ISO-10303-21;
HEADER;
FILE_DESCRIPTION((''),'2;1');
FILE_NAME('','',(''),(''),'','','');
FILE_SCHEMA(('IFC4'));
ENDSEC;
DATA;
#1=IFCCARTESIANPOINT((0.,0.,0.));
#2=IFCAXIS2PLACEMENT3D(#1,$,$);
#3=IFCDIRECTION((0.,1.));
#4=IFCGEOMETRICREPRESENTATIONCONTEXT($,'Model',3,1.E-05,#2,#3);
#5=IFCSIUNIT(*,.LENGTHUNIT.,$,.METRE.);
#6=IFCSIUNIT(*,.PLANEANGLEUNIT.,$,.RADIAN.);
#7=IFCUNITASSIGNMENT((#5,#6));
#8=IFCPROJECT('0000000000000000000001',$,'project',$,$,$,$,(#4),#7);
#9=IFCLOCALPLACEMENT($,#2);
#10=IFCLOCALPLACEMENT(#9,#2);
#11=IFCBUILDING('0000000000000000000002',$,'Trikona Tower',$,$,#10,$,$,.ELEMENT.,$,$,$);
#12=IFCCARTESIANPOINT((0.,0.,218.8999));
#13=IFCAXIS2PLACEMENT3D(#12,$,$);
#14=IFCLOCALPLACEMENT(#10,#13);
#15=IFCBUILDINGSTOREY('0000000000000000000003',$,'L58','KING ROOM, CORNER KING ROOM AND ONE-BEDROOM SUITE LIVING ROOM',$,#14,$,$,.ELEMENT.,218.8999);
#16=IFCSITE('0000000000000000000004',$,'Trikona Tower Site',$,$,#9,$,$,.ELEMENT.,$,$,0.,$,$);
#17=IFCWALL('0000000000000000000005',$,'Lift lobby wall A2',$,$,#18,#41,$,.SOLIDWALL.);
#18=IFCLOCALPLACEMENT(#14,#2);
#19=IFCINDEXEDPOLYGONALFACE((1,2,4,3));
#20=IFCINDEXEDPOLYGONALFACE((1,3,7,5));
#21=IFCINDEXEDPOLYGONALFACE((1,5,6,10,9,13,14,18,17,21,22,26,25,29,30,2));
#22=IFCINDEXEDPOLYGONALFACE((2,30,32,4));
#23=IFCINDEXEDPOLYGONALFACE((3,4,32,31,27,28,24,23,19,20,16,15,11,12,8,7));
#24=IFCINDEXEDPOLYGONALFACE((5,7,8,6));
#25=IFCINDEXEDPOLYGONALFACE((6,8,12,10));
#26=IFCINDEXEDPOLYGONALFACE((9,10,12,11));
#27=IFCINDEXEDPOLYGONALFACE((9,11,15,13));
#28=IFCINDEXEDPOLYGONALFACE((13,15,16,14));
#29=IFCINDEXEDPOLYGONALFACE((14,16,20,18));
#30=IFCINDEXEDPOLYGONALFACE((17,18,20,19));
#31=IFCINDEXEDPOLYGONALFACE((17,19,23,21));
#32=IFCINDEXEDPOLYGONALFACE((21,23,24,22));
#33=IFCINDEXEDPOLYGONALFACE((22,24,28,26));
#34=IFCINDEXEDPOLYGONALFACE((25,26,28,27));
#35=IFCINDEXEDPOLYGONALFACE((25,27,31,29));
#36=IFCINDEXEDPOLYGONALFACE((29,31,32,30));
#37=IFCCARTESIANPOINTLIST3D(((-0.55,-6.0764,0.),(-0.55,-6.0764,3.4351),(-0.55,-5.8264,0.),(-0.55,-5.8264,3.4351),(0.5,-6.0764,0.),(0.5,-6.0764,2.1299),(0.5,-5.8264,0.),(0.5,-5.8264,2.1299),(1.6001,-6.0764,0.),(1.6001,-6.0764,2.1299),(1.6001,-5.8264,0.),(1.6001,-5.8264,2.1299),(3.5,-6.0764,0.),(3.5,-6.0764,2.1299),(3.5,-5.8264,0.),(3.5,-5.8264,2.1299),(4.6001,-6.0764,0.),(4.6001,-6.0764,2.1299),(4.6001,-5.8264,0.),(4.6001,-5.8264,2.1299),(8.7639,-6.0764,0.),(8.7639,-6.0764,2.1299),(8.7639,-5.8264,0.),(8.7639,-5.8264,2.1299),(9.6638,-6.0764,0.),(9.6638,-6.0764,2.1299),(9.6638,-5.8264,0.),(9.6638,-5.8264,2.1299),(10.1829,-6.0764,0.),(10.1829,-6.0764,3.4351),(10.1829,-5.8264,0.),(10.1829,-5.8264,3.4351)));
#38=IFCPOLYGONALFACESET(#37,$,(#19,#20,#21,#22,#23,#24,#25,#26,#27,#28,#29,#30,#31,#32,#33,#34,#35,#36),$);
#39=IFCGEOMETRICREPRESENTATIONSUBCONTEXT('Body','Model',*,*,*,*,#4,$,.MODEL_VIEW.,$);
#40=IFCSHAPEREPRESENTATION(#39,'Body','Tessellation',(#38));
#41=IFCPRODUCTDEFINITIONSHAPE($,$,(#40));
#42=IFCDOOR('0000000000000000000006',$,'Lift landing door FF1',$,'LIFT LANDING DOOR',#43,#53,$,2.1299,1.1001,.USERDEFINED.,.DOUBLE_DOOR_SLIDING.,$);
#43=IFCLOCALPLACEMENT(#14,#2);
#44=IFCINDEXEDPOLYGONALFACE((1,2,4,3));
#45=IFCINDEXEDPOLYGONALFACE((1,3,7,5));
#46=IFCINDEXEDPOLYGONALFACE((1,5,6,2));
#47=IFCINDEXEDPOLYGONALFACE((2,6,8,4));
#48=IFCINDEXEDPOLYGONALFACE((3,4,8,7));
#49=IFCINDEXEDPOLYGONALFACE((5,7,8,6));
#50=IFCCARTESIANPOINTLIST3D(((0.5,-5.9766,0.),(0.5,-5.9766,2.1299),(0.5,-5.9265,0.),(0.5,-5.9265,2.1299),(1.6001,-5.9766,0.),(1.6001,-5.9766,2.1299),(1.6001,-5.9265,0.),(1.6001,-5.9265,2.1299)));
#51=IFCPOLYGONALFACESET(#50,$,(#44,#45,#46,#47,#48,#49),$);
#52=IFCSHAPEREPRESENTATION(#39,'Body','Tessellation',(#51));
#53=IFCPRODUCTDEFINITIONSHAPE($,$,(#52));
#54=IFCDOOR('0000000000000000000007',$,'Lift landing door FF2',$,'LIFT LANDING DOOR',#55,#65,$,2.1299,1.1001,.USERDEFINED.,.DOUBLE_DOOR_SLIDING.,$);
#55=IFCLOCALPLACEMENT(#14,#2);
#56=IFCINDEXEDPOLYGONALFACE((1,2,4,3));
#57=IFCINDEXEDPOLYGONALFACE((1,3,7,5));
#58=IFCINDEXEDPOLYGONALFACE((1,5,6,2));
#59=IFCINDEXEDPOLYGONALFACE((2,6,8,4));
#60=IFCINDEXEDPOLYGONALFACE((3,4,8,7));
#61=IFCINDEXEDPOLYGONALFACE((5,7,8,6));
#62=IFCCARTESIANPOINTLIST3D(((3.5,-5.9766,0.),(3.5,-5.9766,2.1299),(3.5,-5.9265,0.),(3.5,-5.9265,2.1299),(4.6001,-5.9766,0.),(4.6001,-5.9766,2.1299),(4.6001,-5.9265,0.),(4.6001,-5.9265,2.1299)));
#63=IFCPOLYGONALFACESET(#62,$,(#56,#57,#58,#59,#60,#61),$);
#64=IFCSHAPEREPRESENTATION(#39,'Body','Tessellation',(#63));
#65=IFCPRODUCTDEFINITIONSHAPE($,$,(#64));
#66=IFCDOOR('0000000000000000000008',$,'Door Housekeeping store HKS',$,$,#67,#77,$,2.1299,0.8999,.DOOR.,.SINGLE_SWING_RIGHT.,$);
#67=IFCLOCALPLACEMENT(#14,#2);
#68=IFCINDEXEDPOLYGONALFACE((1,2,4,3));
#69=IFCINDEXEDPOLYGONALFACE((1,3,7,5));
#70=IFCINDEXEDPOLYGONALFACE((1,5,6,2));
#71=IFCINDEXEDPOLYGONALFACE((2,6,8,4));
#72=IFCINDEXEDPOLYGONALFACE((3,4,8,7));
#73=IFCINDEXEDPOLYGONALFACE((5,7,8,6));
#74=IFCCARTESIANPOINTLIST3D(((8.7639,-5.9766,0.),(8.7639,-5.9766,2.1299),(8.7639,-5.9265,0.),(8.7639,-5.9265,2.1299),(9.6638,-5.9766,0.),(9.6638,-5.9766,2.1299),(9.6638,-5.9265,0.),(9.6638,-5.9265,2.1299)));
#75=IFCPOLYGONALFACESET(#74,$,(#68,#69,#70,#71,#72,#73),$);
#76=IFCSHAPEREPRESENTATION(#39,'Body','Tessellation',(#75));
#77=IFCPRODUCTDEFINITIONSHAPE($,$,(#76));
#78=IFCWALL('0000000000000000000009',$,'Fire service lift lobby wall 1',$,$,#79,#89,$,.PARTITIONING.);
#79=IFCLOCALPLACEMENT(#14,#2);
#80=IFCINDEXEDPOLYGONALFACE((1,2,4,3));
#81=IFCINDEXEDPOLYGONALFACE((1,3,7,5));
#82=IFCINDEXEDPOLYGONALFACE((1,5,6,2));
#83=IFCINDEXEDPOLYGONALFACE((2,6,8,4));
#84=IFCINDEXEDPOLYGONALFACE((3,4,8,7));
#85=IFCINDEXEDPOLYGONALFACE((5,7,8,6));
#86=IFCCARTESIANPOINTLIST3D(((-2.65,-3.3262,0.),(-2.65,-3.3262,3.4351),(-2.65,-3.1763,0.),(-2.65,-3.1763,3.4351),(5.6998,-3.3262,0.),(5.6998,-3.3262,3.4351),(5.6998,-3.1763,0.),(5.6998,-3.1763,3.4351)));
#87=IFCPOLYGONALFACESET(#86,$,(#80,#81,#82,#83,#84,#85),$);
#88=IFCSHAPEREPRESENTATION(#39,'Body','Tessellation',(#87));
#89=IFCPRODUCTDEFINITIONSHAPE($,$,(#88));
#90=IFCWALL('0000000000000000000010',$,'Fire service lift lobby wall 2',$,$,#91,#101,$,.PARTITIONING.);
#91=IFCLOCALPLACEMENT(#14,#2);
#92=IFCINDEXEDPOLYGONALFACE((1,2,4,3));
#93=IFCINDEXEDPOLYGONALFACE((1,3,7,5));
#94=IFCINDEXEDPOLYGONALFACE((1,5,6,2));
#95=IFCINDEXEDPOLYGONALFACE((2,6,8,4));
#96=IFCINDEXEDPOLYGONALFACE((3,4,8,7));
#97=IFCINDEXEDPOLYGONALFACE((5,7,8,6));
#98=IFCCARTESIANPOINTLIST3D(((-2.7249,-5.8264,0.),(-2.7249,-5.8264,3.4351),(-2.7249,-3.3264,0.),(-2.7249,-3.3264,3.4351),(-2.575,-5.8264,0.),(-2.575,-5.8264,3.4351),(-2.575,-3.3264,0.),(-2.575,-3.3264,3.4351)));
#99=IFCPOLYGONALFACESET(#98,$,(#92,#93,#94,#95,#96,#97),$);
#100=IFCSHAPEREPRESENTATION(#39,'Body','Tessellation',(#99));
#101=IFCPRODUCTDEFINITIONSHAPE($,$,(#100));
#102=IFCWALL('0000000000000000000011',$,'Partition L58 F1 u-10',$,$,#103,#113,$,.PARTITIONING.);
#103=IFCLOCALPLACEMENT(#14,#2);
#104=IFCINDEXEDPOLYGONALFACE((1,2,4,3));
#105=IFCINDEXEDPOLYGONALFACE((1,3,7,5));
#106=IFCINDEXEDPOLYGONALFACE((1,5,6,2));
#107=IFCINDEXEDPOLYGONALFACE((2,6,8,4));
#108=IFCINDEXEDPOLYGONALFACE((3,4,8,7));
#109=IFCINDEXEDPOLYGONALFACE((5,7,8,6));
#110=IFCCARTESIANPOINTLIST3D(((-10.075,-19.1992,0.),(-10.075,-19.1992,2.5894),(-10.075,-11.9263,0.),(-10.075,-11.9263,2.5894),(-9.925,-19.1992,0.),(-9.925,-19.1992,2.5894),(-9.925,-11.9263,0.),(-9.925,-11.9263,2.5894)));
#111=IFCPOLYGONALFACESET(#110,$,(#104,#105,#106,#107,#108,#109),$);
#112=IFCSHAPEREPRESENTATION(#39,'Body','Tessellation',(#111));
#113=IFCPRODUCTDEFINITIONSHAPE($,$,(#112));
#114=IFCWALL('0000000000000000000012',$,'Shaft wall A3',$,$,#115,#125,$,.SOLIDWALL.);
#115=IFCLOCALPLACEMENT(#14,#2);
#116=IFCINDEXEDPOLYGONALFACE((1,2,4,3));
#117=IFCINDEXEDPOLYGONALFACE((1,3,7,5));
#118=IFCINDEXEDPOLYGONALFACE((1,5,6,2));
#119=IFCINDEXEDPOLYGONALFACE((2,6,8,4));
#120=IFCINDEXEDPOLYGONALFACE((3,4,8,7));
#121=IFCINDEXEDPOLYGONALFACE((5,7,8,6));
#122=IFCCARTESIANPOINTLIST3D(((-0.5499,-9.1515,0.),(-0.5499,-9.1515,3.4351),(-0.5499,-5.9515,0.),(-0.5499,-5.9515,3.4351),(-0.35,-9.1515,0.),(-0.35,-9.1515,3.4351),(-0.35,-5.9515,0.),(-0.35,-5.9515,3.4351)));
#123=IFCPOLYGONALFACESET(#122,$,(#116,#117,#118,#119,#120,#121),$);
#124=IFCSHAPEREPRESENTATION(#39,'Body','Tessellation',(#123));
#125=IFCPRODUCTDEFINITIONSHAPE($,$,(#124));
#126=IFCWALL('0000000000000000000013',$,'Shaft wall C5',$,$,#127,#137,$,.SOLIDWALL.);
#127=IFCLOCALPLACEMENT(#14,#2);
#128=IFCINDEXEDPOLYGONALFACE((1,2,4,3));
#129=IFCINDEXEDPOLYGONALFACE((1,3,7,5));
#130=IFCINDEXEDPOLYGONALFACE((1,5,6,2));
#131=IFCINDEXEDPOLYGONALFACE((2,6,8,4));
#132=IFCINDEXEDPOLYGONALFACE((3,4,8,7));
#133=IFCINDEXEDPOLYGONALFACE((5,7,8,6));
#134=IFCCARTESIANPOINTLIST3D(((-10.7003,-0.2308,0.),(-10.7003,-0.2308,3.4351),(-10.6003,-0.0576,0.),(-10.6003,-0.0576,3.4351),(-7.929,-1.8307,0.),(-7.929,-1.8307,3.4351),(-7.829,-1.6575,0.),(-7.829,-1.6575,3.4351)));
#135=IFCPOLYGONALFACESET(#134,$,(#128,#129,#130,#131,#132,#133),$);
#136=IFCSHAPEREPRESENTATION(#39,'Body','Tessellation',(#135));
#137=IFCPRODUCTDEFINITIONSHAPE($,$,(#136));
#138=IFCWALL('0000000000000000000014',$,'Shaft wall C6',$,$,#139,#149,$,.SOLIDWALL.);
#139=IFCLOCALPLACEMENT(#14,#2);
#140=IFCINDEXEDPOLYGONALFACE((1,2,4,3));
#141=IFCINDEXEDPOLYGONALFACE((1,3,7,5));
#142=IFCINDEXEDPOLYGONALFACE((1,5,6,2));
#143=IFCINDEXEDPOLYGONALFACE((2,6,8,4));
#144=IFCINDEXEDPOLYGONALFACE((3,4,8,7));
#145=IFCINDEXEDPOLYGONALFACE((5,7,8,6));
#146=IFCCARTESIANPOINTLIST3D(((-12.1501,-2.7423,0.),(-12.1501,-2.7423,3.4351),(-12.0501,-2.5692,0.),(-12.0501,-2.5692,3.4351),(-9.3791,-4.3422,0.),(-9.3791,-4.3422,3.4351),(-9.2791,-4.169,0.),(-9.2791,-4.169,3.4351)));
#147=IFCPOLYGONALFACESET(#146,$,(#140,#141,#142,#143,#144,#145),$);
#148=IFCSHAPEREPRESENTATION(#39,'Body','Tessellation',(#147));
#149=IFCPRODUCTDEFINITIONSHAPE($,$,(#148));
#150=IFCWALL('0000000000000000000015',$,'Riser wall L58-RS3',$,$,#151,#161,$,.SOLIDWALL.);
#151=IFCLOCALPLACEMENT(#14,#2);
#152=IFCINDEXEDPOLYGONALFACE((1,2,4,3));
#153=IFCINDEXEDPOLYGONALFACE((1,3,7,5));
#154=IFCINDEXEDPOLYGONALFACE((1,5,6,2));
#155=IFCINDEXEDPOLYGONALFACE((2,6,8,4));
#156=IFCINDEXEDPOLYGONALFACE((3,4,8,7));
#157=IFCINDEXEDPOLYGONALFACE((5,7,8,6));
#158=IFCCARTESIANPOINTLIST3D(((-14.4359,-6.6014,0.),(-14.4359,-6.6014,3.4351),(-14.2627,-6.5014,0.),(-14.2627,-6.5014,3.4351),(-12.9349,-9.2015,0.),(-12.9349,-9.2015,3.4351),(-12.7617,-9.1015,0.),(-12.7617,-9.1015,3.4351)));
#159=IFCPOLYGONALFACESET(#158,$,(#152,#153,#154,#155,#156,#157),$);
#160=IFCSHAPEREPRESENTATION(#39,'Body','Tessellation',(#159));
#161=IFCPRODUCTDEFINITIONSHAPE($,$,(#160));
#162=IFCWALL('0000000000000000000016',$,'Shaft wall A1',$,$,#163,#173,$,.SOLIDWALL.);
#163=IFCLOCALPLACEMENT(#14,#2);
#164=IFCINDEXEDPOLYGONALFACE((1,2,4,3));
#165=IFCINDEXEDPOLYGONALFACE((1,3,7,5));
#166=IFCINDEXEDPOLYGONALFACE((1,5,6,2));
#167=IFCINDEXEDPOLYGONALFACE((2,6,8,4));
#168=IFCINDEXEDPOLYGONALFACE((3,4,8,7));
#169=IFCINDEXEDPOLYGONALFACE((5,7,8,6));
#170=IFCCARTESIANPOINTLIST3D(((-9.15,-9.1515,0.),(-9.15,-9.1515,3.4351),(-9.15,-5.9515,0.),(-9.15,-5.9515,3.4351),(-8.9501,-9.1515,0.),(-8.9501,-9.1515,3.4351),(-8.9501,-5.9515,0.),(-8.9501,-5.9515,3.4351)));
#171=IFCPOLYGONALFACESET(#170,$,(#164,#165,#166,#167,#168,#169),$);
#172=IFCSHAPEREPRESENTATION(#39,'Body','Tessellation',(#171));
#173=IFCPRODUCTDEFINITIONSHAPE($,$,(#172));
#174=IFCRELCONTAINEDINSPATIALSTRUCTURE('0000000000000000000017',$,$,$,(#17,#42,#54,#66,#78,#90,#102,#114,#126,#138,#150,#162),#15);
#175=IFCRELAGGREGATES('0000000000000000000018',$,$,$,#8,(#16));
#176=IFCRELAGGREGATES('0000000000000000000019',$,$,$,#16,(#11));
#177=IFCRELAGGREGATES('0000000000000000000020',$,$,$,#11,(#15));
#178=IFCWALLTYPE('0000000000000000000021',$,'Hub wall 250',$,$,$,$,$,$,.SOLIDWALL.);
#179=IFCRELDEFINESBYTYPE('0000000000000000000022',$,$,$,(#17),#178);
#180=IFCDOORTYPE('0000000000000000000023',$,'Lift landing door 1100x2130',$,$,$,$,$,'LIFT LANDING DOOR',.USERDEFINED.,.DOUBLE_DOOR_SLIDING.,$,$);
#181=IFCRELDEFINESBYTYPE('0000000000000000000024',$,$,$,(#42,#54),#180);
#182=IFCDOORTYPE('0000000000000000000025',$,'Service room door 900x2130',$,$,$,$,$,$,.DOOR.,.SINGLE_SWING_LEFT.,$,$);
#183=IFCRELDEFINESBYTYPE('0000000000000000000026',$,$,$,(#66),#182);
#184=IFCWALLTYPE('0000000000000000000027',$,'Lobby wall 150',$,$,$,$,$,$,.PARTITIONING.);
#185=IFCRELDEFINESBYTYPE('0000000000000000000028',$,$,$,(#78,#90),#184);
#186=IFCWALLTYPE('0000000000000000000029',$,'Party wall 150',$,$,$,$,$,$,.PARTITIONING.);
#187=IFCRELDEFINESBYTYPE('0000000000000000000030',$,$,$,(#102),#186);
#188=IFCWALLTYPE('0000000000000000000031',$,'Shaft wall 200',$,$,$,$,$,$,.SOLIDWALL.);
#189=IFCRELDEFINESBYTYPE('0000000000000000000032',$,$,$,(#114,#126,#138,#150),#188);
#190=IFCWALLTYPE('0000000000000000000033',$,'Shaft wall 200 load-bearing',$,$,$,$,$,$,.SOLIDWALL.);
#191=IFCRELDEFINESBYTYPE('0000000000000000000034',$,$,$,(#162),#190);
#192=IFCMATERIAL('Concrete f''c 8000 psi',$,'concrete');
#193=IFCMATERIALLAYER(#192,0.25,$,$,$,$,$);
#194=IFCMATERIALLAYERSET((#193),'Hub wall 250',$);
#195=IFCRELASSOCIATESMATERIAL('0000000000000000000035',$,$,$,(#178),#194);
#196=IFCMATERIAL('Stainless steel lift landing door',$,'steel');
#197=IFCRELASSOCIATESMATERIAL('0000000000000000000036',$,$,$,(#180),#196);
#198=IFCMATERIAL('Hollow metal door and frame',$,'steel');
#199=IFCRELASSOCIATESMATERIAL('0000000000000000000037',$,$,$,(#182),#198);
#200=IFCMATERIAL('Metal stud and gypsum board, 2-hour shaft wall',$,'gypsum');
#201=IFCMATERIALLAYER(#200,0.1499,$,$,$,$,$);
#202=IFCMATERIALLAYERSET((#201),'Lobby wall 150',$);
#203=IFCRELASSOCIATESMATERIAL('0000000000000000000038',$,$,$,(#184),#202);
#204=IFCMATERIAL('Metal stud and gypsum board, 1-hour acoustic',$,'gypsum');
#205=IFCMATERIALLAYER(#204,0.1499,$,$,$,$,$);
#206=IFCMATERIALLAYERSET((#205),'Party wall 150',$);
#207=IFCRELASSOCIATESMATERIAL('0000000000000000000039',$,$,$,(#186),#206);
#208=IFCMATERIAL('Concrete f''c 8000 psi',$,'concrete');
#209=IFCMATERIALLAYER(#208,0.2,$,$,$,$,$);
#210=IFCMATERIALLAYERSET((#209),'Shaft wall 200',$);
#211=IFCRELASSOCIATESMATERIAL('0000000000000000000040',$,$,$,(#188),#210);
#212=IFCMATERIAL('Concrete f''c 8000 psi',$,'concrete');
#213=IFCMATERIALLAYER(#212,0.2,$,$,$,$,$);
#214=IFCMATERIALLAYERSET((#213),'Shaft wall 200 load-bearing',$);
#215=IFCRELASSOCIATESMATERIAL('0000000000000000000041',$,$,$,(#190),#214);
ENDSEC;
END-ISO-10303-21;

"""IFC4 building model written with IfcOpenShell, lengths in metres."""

from ifc_helpers import new_model, si_unit, direction, frame, frame_2d, origin, place, context, subcontext, project, spatial, rectangle, extrude, material, layer, layer_set, type_object, element, fill, save


model = new_model("IFC4")

# Units and contexts
model_context = context("Model", 3, precision=1e-05, world=origin(), true_north=direction((0.0, 1.0)))
body_context = subcontext(model_context, "Body", "Model", "MODEL_VIEW")
ifc_project = project(units=[si_unit("LENGTHUNIT", "METRE"), si_unit("PLANEANGLEUNIT", "RADIAN")], contexts=[model_context])

# Site, building, storey
site_placement = place(None, origin())
site = spatial("IfcSite", under=ifc_project, at=site_placement, Name="Trikona Tower Site", CompositionType="ELEMENT", RefElevation=0.0)
building_placement = place(site_placement, origin())
building = spatial("IfcBuilding", under=site, at=building_placement, Name="Trikona Tower", CompositionType="ELEMENT")
storey_placement = place(building_placement, frame((0.0, 0.0, 218.8999)))
storey = spatial("IfcBuildingStorey", under=building, at=storey_placement, Name="L58", Description="KING ROOM, CORNER KING ROOM AND ONE-BEDROOM SUITE LIVING ROOM", CompositionType="ELEMENT", Elevation=218.8999)

# Shared definitions
ifc_material_1 = material(Name="Concrete f'c 8000 psi", Category="concrete")
ifc_layer_1 = layer(ifc_material_1, 0.25)
ifc_layer_set_1 = layer_set([ifc_layer_1], Name="Hub wall 250")
wall_type_1 = type_object("IfcWallType", Name="Hub wall 250", PredefinedType="SOLIDWALL", material=ifc_layer_set_1)

# Wall, openings, doors
wall_1_placement = place(storey_placement, frame((-0.55, -5.9514, 0.0), z_axis=(0.0, 0.0, 1.0), x_axis=(1.0, 0.0, 0.0)))
wall_1 = element("IfcWall", 1, at=wall_1_placement, inside=storey, type_object=wall_type_1, Name="Lift lobby wall A2", PredefinedType="SOLIDWALL", context=body_context, shape_type="SweptSolid", body=[
    extrude(rectangle(XDim=10.7329, YDim=0.25, at=frame_2d((5.3665, 0.0))), origin(), (0.0, 0.0, 1.0), 3.4351),
])
opening_1_placement = place(wall_1_placement, frame((9.314, 0.0, 0.0)))
opening_1 = element("IfcOpeningElement", 2, at=opening_1_placement, cuts=wall_1, PredefinedType="OPENING", context=body_context, shape_type="SweptSolid", body=[
    extrude(rectangle(XDim=0.8999, YDim=2.1299, at=frame_2d((0.45, 1.0649))), frame((0.0, 0.135, 0.0), z_axis=(0.0, -1.0, 0.0), x_axis=(1.0, 0.0, 0.0)), (0.0, 0.0, 1.0), 0.27),
])
opening_2_placement = place(wall_1_placement, frame((1.05, 0.0, 0.0)))
opening_2 = element("IfcOpeningElement", 3, at=opening_2_placement, cuts=wall_1, PredefinedType="OPENING", context=body_context, shape_type="SweptSolid", body=[
    extrude(rectangle(XDim=1.1001, YDim=2.1299, at=frame_2d((0.55, 1.0649))), frame((0.0, 0.135, 0.0), z_axis=(0.0, -1.0, 0.0), x_axis=(1.0, 0.0, 0.0)), (0.0, 0.0, 1.0), 0.27),
])
opening_3_placement = place(wall_1_placement, frame((4.05, 0.0, 0.0)))
opening_3 = element("IfcOpeningElement", 4, at=opening_3_placement, cuts=wall_1, PredefinedType="OPENING", context=body_context, shape_type="SweptSolid", body=[
    extrude(rectangle(XDim=1.1001, YDim=2.1299, at=frame_2d((0.55, 1.0649))), frame((0.0, 0.135, 0.0), z_axis=(0.0, -1.0, 0.0), x_axis=(1.0, 0.0, 0.0)), (0.0, 0.0, 1.0), 0.27),
])
ifc_material_2 = material(Name="Stainless steel lift landing door", Category="steel")
door_type_1 = type_object("IfcDoorType", Name="Lift landing door 1100x2130", ElementType="LIFT LANDING DOOR", OperationType="DOUBLE_DOOR_SLIDING", PredefinedType="USERDEFINED", material=ifc_material_2)
door_1_placement = place(opening_2_placement, origin())
door_1 = element("IfcDoor", 5, at=door_1_placement, inside=storey, type_object=door_type_1, Name="Lift landing door FF1", ObjectType="LIFT LANDING DOOR", OperationType="DOUBLE_DOOR_SLIDING", OverallHeight=2.1299, OverallWidth=1.1001, PredefinedType="USERDEFINED", context=body_context, shape_type="SweptSolid", body=[
    extrude(rectangle(XDim=1.1001, YDim=2.1299, at=frame_2d((0.55, 1.0649))), frame((0.0, 0.0249, 0.0), z_axis=(0.0, -1.0, 0.0), x_axis=(1.0, 0.0, 0.0)), (0.0, 0.0, 1.0), 0.05),
])
fill(opening_2, door_1)
door_2_placement = place(opening_3_placement, origin())
door_2 = element("IfcDoor", 6, at=door_2_placement, inside=storey, type_object=door_type_1, Name="Lift landing door FF2", ObjectType="LIFT LANDING DOOR", OperationType="DOUBLE_DOOR_SLIDING", OverallHeight=2.1299, OverallWidth=1.1001, PredefinedType="USERDEFINED", context=body_context, shape_type="SweptSolid", body=[
    extrude(rectangle(XDim=1.1001, YDim=2.1299, at=frame_2d((0.55, 1.0649))), frame((0.0, 0.0249, 0.0), z_axis=(0.0, -1.0, 0.0), x_axis=(1.0, 0.0, 0.0)), (0.0, 0.0, 1.0), 0.05),
])
fill(opening_3, door_2)
ifc_material_3 = material(Name="Hollow metal door and frame", Category="steel")
door_type_2 = type_object("IfcDoorType", Name="Service room door 900x2130", OperationType="SINGLE_SWING_LEFT", PredefinedType="DOOR", material=ifc_material_3)
door_3_placement = place(opening_1_placement, origin())
door_3 = element("IfcDoor", 7, at=door_3_placement, inside=storey, type_object=door_type_2, Name="Door Housekeeping store HKS", OperationType="SINGLE_SWING_RIGHT", OverallHeight=2.1299, OverallWidth=0.8999, PredefinedType="DOOR", context=body_context, shape_type="SweptSolid", body=[
    extrude(rectangle(XDim=0.8999, YDim=2.1299, at=frame_2d((0.45, 1.0649))), frame((0.0, 0.0249, 0.0), z_axis=(0.0, -1.0, 0.0), x_axis=(1.0, 0.0, 0.0)), (0.0, 0.0, 1.0), 0.05),
])
fill(opening_1, door_3)

# Walls
ifc_material_4 = material(Name="Metal stud and gypsum board, 2-hour shaft wall", Category="gypsum")
ifc_layer_2 = layer(ifc_material_4, 0.1499)
ifc_layer_set_2 = layer_set([ifc_layer_2], Name="Lobby wall 150")
wall_type_2 = type_object("IfcWallType", Name="Lobby wall 150", PredefinedType="PARTITIONING", material=ifc_layer_set_2)
wall_2_placement = place(storey_placement, frame((-2.6499, -3.2512, 0.0), z_axis=(0.0, 0.0, 1.0), x_axis=(1.0, 0.0, 0.0)))
element("IfcWall", 8, at=wall_2_placement, inside=storey, type_object=wall_type_2, Name="Fire service lift lobby wall 1", PredefinedType="PARTITIONING", context=body_context, shape_type="SweptSolid", body=[
    extrude(rectangle(XDim=8.3499, YDim=0.1499, at=frame_2d((4.1748, 0.0))), origin(), (0.0, 0.0, 1.0), 3.4351),
])
wall_3_placement = place(storey_placement, frame((-2.6499, -5.8264, 0.0), z_axis=(0.0, 0.0, 1.0), x_axis=(0.0, 1.0, 0.0)))
element("IfcWall", 9, at=wall_3_placement, inside=storey, type_object=wall_type_2, Name="Fire service lift lobby wall 2", PredefinedType="PARTITIONING", context=body_context, shape_type="SweptSolid", body=[
    extrude(rectangle(XDim=2.5, YDim=0.1499, at=frame_2d((1.25, 0.0))), origin(), (0.0, 0.0, 1.0), 3.4351),
])
ifc_material_5 = material(Name="Metal stud and gypsum board, 1-hour acoustic", Category="gypsum")
ifc_layer_3 = layer(ifc_material_5, 0.1499)
ifc_layer_set_3 = layer_set([ifc_layer_3], Name="Party wall 150")
wall_type_3 = type_object("IfcWallType", Name="Party wall 150", PredefinedType="PARTITIONING", material=ifc_layer_set_3)
wall_4_placement = place(storey_placement, frame((-10.0, -11.9263, 0.0), z_axis=(0.0, 0.0, 1.0), x_axis=(0.0, -1.0, 0.0)))
element("IfcWall", 10, at=wall_4_placement, inside=storey, type_object=wall_type_3, Name="Partition L58 F1 u-10", PredefinedType="PARTITIONING", context=body_context, shape_type="SweptSolid", body=[
    extrude(rectangle(XDim=7.2729, YDim=0.1499, at=frame_2d((3.6365, 0.0))), origin(), (0.0, 0.0, 1.0), 2.5894),
])
ifc_material_6 = material(Name="Concrete f'c 8000 psi", Category="concrete")
ifc_layer_4 = layer(ifc_material_6, 0.2)
ifc_layer_set_4 = layer_set([ifc_layer_4], Name="Shaft wall 200")
wall_type_4 = type_object("IfcWallType", Name="Shaft wall 200", PredefinedType="SOLIDWALL", material=ifc_layer_set_4)
for number, where, z_axis, x_axis, name in (
    (11, (-0.45, -5.9514, 0.0), (0.0, 0.0, 1.0), (0.0, -1.0, 0.0), "Shaft wall A3"),
    (12, (-7.8789, -1.7441, 0.0), (0.0, 0.0, 1.0), (-0.866042, 0.499971, 0.0), "Shaft wall C5"),
):
    element("IfcWall", number, at=place(storey_placement, frame(where, z_axis=z_axis, x_axis=x_axis)), inside=storey, type_object=wall_type_4, Name=name, PredefinedType="SOLIDWALL", context=body_context, shape_type="SweptSolid", body=[
        extrude(rectangle(XDim=3.2, YDim=0.2, at=frame_2d((1.6001, 0.0))), origin(), (0.0, 0.0, 1.0), 3.4351),
    ])
wall_5_placement = place(storey_placement, frame((-9.3291, -4.2556, 0.0), z_axis=(0.0, 0.0, 1.0), x_axis=(-0.866023, 0.500004, 0.0)))
element("IfcWall", 13, at=wall_5_placement, inside=storey, type_object=wall_type_4, Name="Shaft wall C6", PredefinedType="SOLIDWALL", context=body_context, shape_type="SweptSolid", body=[
    extrude(rectangle(XDim=3.1997, YDim=0.2, at=frame_2d((1.5999, 0.0))), origin(), (0.0, 0.0, 1.0), 3.4351),
])
wall_6_placement = place(storey_placement, frame((-12.8484, -9.1514, 0.0), z_axis=(0.0, 0.0, 1.0), x_axis=(-0.499952, 0.866053, 0.0)))
element("IfcWall", 14, at=wall_6_placement, inside=storey, type_object=wall_type_4, Name="Riser wall L58-RS3", PredefinedType="SOLIDWALL", context=body_context, shape_type="SweptSolid", body=[
    extrude(rectangle(XDim=3.0022, YDim=0.2, at=frame_2d((1.501, 0.0))), origin(), (0.0, 0.0, 1.0), 3.4351),
])
ifc_material_7 = material(Name="Concrete f'c 8000 psi", Category="concrete")
ifc_layer_5 = layer(ifc_material_7, 0.2)
ifc_layer_set_5 = layer_set([ifc_layer_5], Name="Shaft wall 200 load-bearing")
wall_type_5 = type_object("IfcWallType", Name="Shaft wall 200 load-bearing", PredefinedType="SOLIDWALL", material=ifc_layer_set_5)
wall_7_placement = place(storey_placement, frame((-9.05, -5.9514, 0.0), z_axis=(0.0, 0.0, 1.0), x_axis=(0.0, -1.0, 0.0)))
element("IfcWall", 15, at=wall_7_placement, inside=storey, type_object=wall_type_5, Name="Shaft wall A1", PredefinedType="SOLIDWALL", context=body_context, shape_type="SweptSolid", body=[
    extrude(rectangle(XDim=3.2, YDim=0.2, at=frame_2d((1.6001, 0.0))), origin(), (0.0, 0.0, 1.0), 3.4351),
])

save(model, "model.ifc")
